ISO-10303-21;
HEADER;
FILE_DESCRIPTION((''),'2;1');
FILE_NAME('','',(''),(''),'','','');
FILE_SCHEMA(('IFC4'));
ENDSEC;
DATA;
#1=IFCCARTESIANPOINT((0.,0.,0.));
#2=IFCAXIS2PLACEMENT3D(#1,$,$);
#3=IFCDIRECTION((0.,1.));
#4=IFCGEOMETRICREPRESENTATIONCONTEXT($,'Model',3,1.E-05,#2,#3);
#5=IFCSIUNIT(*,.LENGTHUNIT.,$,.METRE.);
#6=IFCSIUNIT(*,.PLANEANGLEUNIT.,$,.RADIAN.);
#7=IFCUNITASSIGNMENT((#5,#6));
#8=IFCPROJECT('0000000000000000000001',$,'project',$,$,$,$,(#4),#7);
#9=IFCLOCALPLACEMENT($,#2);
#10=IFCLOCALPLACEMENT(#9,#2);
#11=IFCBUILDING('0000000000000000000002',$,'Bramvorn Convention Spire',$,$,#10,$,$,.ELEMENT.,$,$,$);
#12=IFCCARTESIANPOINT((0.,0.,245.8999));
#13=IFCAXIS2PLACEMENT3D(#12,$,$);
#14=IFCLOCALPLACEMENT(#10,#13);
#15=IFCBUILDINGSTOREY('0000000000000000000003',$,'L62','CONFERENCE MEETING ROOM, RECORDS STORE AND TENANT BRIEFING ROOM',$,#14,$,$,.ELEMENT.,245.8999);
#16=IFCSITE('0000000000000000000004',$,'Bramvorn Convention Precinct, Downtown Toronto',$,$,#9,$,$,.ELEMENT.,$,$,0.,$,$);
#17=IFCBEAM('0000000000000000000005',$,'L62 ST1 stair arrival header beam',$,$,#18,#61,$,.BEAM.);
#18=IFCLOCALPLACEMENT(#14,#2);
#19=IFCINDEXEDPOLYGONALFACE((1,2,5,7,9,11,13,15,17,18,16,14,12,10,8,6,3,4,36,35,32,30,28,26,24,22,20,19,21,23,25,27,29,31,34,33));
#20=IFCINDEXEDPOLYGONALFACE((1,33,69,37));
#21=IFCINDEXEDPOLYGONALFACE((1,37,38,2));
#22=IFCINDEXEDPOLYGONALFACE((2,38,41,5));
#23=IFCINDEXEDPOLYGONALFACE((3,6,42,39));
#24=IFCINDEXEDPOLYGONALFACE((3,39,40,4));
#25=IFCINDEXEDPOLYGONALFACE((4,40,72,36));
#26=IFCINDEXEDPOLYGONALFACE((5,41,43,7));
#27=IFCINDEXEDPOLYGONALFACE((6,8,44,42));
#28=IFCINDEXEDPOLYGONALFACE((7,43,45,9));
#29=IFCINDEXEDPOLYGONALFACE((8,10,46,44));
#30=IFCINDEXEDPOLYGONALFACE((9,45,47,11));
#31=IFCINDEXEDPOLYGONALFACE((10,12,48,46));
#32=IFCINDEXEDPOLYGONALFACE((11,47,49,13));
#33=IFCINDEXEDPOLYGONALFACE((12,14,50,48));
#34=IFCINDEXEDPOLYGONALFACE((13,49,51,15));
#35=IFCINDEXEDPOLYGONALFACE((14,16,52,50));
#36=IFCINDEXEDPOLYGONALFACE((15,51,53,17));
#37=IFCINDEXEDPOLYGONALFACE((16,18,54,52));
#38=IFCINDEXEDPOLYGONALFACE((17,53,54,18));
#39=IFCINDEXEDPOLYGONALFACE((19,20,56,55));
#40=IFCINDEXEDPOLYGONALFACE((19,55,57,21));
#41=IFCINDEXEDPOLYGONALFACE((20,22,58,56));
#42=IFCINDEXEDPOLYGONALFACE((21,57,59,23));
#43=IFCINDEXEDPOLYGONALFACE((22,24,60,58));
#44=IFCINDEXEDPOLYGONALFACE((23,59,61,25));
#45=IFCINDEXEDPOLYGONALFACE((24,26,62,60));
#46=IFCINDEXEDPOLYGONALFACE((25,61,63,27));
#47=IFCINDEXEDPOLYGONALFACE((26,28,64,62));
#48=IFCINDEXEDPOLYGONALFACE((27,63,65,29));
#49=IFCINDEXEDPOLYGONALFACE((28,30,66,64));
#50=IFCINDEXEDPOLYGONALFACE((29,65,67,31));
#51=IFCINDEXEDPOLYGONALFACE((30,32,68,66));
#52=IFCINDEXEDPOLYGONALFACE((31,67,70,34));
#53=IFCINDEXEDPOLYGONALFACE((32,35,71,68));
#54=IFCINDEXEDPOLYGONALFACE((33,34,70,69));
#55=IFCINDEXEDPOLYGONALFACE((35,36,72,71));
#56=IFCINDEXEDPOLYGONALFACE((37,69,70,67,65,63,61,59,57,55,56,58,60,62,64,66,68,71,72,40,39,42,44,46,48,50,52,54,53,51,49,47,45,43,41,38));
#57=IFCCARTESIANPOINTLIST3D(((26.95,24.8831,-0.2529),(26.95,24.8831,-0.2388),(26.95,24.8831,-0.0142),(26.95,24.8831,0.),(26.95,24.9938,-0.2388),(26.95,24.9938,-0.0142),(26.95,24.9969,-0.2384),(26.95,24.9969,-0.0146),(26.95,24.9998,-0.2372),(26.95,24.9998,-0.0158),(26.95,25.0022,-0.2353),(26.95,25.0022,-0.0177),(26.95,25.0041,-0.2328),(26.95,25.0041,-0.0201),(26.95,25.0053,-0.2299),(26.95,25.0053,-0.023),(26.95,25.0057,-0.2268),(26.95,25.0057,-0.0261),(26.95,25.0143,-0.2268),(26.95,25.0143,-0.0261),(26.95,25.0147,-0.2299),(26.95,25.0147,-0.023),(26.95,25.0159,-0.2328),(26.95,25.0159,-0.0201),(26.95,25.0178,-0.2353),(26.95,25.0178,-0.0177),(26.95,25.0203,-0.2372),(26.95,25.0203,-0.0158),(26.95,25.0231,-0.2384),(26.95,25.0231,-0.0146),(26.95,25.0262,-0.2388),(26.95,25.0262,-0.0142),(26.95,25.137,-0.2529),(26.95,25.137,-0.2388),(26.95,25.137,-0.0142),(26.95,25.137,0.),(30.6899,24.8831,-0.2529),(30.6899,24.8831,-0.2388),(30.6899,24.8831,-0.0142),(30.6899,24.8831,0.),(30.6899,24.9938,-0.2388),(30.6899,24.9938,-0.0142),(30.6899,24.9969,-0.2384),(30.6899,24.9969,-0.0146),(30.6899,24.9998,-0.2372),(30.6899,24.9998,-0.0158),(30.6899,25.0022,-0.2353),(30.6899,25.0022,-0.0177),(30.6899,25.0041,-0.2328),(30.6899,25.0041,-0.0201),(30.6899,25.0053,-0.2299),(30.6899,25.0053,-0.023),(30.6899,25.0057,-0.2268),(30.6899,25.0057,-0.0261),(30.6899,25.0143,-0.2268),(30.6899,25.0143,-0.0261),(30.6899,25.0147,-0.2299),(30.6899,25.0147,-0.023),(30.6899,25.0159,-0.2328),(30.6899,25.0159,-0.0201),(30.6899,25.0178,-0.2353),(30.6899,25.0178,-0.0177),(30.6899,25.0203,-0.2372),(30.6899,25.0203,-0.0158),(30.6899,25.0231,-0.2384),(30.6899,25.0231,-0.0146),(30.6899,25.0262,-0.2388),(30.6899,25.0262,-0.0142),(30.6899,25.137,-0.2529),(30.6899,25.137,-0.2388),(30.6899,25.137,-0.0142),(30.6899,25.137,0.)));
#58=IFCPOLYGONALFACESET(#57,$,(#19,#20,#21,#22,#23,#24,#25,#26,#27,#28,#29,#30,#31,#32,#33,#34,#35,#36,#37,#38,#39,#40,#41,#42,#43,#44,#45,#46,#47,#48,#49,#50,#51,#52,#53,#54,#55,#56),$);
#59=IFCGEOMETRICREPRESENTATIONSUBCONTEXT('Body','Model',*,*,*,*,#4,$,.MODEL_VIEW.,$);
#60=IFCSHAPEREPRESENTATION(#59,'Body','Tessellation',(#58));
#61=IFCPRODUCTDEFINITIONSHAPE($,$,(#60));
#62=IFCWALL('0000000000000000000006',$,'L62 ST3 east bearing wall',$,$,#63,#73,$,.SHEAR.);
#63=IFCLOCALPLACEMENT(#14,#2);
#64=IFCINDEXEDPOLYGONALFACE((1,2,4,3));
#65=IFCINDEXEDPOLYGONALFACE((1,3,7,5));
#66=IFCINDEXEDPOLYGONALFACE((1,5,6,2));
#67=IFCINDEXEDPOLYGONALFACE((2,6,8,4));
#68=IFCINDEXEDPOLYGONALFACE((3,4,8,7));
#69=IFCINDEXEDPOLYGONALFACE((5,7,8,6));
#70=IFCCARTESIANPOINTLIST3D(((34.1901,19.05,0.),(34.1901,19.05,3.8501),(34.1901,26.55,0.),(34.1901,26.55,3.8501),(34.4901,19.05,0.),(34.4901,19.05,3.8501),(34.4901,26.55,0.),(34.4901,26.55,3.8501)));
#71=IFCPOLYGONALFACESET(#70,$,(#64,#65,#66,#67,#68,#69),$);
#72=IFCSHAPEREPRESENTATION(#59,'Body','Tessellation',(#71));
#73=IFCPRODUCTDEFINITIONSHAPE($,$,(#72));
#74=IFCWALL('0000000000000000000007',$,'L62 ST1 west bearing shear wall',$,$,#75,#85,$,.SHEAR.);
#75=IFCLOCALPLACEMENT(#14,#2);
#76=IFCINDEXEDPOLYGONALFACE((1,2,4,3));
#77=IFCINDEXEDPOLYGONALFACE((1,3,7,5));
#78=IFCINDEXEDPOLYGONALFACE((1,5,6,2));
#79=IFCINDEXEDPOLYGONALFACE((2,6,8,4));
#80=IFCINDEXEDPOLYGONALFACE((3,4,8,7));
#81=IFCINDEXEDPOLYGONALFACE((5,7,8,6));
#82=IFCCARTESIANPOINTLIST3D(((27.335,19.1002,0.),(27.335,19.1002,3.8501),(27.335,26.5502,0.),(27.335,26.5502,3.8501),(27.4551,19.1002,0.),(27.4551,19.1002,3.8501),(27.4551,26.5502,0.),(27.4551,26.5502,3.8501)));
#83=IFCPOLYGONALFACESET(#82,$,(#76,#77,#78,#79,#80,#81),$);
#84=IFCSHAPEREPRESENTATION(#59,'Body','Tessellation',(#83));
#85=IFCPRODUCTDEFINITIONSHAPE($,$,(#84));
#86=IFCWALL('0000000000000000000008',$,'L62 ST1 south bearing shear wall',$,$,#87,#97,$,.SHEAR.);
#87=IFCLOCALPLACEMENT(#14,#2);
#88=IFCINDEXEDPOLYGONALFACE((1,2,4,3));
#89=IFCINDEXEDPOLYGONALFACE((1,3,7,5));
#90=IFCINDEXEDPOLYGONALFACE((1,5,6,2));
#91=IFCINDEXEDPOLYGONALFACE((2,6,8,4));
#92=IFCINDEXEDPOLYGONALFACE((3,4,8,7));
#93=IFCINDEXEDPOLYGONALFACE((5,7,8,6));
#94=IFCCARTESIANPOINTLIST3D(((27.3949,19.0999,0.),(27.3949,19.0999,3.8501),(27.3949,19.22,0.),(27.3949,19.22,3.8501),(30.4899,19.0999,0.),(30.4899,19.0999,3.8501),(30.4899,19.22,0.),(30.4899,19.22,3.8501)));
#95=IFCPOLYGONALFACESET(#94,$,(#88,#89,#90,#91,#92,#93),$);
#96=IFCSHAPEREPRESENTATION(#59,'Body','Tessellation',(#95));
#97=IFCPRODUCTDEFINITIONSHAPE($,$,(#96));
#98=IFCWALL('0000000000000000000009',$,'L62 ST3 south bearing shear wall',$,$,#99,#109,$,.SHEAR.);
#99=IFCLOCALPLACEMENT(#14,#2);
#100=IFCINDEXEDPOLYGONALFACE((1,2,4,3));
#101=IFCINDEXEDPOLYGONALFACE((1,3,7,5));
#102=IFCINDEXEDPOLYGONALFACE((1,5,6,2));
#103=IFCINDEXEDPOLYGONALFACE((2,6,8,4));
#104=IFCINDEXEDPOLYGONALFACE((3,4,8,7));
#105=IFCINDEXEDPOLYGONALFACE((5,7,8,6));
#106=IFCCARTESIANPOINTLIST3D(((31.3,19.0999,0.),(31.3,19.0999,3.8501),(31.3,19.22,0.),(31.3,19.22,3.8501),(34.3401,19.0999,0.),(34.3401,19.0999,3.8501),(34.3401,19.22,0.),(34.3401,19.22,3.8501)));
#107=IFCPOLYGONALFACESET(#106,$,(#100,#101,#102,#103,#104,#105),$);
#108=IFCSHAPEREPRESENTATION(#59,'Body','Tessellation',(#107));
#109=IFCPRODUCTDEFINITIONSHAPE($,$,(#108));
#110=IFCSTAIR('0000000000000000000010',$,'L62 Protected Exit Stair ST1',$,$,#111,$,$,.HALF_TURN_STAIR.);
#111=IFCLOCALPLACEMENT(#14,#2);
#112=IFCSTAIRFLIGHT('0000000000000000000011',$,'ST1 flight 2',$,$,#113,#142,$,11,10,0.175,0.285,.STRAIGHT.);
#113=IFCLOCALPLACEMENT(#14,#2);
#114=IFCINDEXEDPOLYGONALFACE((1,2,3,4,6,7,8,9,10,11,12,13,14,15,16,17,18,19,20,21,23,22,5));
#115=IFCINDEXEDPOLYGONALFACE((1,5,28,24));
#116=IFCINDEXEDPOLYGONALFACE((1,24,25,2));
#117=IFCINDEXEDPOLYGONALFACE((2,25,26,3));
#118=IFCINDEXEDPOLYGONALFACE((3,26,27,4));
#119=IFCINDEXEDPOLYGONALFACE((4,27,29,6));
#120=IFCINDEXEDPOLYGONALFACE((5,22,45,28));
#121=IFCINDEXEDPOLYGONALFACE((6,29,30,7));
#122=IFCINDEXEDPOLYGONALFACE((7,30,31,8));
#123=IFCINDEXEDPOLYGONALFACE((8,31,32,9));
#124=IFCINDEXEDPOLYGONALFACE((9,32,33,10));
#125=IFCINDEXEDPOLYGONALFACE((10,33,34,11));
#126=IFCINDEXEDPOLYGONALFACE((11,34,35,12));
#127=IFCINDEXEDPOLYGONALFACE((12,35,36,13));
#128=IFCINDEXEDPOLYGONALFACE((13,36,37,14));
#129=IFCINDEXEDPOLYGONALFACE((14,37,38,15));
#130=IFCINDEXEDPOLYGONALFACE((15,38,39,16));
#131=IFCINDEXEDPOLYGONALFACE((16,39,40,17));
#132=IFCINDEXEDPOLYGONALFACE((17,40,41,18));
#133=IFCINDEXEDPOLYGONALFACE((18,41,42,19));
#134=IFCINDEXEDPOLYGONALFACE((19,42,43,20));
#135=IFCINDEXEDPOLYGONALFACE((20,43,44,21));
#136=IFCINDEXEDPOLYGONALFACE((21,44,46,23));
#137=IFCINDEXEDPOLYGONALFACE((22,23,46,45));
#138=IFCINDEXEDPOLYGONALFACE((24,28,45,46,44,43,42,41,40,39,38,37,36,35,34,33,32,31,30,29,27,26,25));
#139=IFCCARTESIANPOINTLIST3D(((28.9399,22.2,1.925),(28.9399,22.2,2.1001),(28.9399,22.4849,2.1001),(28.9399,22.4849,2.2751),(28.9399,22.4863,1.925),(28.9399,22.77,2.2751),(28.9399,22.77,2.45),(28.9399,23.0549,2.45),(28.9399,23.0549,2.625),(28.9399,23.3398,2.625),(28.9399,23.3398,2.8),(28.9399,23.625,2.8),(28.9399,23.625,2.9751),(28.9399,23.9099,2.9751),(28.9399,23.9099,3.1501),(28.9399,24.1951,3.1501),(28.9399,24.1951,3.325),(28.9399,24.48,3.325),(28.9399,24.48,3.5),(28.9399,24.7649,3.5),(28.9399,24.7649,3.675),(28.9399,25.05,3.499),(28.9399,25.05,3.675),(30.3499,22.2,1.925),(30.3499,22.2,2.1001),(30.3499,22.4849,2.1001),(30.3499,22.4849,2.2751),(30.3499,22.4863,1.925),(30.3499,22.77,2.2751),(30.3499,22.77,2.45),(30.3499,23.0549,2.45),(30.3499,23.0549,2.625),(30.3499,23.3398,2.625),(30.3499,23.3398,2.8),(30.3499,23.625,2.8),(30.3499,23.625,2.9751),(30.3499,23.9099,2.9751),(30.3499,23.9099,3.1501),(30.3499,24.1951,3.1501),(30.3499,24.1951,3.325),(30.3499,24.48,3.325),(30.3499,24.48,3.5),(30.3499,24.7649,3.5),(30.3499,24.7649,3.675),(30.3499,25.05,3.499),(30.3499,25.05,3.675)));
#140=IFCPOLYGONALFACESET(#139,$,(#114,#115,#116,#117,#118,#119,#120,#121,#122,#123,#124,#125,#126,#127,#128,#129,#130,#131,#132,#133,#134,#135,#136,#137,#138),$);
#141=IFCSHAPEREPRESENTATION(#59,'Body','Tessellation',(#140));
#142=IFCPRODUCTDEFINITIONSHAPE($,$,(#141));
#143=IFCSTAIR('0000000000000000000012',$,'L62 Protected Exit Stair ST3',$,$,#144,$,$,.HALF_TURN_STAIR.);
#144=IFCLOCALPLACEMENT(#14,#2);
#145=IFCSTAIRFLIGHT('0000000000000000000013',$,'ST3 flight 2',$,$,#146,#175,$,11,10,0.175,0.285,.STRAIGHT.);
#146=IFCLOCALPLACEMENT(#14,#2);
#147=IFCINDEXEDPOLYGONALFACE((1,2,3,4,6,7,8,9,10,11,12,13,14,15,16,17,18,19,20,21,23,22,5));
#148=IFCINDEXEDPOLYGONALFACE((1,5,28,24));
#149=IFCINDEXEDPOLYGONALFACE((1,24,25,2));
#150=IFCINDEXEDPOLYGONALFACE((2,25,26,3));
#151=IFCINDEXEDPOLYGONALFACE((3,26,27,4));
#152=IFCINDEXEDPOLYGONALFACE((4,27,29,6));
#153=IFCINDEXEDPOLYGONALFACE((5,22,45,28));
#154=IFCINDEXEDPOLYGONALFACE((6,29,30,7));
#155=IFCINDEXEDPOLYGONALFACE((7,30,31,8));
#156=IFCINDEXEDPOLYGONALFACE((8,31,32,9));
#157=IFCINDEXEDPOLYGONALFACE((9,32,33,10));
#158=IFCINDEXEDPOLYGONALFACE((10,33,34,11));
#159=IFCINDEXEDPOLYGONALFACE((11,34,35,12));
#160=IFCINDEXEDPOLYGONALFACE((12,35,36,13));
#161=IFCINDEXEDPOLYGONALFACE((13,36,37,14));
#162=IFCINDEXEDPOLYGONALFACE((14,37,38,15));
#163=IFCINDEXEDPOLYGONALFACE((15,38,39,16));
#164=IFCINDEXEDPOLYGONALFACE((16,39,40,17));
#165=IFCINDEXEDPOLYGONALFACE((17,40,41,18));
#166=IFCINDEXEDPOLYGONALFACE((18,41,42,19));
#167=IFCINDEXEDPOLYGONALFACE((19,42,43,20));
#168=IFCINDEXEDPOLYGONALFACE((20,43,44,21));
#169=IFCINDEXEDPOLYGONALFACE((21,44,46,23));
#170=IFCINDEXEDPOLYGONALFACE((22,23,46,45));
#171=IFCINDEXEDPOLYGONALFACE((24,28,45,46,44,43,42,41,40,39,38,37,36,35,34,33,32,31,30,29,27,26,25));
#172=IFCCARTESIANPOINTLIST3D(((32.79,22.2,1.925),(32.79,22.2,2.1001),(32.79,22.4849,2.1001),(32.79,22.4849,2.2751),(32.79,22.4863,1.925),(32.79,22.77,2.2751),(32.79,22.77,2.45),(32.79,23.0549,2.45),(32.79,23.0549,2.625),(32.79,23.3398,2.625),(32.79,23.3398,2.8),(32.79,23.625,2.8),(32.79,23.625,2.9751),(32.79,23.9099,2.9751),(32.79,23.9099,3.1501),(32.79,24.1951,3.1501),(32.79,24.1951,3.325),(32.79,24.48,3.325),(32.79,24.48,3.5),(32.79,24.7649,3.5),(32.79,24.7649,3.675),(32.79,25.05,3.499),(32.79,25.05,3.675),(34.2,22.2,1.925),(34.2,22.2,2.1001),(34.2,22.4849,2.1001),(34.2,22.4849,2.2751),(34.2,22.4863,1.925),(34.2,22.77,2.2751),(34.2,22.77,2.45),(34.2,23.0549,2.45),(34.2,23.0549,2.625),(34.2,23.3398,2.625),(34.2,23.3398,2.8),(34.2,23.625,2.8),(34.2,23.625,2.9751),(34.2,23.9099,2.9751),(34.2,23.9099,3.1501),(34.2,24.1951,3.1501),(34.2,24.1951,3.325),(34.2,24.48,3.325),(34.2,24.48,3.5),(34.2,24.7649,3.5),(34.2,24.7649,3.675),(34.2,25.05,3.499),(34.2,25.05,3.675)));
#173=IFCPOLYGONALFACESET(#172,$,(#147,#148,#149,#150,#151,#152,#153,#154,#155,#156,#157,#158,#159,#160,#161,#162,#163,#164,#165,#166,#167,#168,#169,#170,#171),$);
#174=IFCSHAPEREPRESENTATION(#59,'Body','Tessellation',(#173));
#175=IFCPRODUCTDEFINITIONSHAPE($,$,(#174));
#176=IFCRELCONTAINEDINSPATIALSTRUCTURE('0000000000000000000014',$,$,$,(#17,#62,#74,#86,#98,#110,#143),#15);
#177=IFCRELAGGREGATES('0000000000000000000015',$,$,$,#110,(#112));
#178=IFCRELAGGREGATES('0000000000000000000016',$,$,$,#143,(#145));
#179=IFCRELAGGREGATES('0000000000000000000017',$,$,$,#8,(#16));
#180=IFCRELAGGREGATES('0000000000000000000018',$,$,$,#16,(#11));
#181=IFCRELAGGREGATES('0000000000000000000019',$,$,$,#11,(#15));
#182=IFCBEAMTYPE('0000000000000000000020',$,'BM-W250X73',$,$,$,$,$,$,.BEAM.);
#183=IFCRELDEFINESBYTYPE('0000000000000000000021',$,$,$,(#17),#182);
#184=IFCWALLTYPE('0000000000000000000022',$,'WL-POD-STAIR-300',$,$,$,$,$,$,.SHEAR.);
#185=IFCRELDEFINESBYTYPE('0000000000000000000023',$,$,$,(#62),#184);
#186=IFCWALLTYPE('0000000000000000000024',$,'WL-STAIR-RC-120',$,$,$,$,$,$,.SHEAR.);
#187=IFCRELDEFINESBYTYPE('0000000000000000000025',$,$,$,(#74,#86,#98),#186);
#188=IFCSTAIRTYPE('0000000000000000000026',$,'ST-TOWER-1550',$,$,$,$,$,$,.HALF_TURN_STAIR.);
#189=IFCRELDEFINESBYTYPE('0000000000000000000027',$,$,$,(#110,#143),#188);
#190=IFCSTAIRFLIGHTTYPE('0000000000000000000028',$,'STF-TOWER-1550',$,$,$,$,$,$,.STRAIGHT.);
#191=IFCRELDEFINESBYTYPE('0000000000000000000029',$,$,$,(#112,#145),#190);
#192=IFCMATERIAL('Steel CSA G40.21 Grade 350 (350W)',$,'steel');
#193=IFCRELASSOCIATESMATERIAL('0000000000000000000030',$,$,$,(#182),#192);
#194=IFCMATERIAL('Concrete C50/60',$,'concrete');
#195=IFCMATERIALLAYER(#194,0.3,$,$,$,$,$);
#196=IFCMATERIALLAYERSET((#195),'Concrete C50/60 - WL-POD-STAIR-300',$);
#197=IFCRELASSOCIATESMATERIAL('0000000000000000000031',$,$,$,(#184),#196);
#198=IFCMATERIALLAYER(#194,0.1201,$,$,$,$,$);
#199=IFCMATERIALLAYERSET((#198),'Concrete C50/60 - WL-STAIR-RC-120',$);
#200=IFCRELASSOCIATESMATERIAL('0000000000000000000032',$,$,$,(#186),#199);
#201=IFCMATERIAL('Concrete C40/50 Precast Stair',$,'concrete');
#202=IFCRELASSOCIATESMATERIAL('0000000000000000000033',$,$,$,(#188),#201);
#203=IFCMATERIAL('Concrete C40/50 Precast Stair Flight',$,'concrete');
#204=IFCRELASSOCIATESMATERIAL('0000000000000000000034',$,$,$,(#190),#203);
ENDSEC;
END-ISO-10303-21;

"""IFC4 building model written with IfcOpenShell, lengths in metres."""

from ifc_helpers import new_model, si_unit, direction, frame, frame_2d, origin, origin_2d, place, context, subcontext, project, spatial, polyline, rectangle, i_section, outline, extrude, material, layer, layer_set, material_profile, profile_set, type_object, element, aggregate, save


model = new_model("IFC4")

# Units and contexts
model_context = context("Model", 3, precision=1e-05, world=origin(), true_north=direction((0.0, 1.0)))
body_context = subcontext(model_context, "Body", "Model", "MODEL_VIEW")
ifc_project = project(units=[si_unit("LENGTHUNIT", "METRE"), si_unit("PLANEANGLEUNIT", "RADIAN")], contexts=[model_context])

# Site, building, storey
site_placement = place(None, origin())
site = spatial("IfcSite", under=ifc_project, at=site_placement, Name="Bramvorn Convention Precinct, Downtown Toronto", CompositionType="ELEMENT", RefElevation=0.0)
building_placement = place(site_placement, origin())
building = spatial("IfcBuilding", under=site, at=building_placement, Name="Bramvorn Convention Spire", CompositionType="ELEMENT")
storey_placement = place(building_placement, frame((0.0, 0.0, 245.8999)))
storey = spatial("IfcBuildingStorey", under=building, at=storey_placement, Name="L62", Description="CONFERENCE MEETING ROOM, RECORDS STORE AND TENANT BRIEFING ROOM", CompositionType="ELEMENT", Elevation=245.8999)

# Beam
ifc_material_1 = material(Name="Steel CSA G40.21 Grade 350 (350W)", Category="steel")
ifc_material_profile = material_profile(ifc_material_1, i_section(OverallWidth=0.2539, OverallDepth=0.2529, WebThickness=0.0085, FlangeThickness=0.0142, FilletRadius=0.012, at=origin_2d()))
ifc_profile_set = profile_set([ifc_material_profile], Name="Steel CSA G40.21 Grade 350 (350W) - W250X73")
beam_type = type_object("IfcBeamType", Name="BM-W250X73", PredefinedType="BEAM", material=ifc_profile_set)
beam_placement = place(storey_placement, frame((26.95, 25.01, -0.1265), z_axis=(1.0, 0.0, 0.0), x_axis=(0.0, 1.0, 0.0)))
element("IfcBeam", 1, at=beam_placement, inside=storey, type_object=beam_type, Name="L62 ST1 stair arrival header beam", PredefinedType="BEAM", context=body_context, shape_type="SweptSolid", body=[
    extrude(i_section(OverallWidth=0.2539, OverallDepth=0.2529, WebThickness=0.0085, FlangeThickness=0.0142, FilletRadius=0.012, at=origin_2d()), origin(), (0.0, 0.0, 1.0), 3.74),
])

# Walls
ifc_material_2 = material(Name="Concrete C50/60", Category="concrete")
ifc_layer_1 = layer(ifc_material_2, 0.3)
ifc_layer_set_1 = layer_set([ifc_layer_1], Name="Concrete C50/60 - WL-POD-STAIR-300")
wall_type_1 = type_object("IfcWallType", Name="WL-POD-STAIR-300", PredefinedType="SHEAR", material=ifc_layer_set_1)
wall_1_placement = place(storey_placement, frame((34.3401, 19.05, 0.0), z_axis=(0.0, 0.0, 1.0), x_axis=(0.0, 1.0, 0.0)))
element("IfcWall", 2, at=wall_1_placement, inside=storey, type_object=wall_type_1, Name="L62 ST3 east bearing wall", PredefinedType="SHEAR", context=body_context, shape_type="SweptSolid", body=[
    extrude(rectangle(XDim=7.5, YDim=0.3, at=frame_2d((3.75, 0.0))), origin(), (0.0, 0.0, 1.0), 3.8501),
])
ifc_layer_2 = layer(ifc_material_2, 0.1201)
ifc_layer_set_2 = layer_set([ifc_layer_2], Name="Concrete C50/60 - WL-STAIR-RC-120")
wall_type_2 = type_object("IfcWallType", Name="WL-STAIR-RC-120", PredefinedType="SHEAR", material=ifc_layer_set_2)
wall_2_placement = place(storey_placement, frame((27.395, 19.1001, 0.0), z_axis=(0.0, 0.0, 1.0), x_axis=(0.0, 1.0, 0.0)))
element("IfcWall", 3, at=wall_2_placement, inside=storey, type_object=wall_type_2, Name="L62 ST1 west bearing shear wall", PredefinedType="SHEAR", context=body_context, shape_type="SweptSolid", body=[
    extrude(rectangle(XDim=7.45, YDim=0.1201, at=frame_2d((3.7251, 0.0))), origin(), (0.0, 0.0, 1.0), 3.8501),
])
wall_3_placement = place(storey_placement, frame((27.395, 19.1599, 0.0), z_axis=(0.0, 0.0, 1.0), x_axis=(1.0, 0.0, 0.0)))
element("IfcWall", 4, at=wall_3_placement, inside=storey, type_object=wall_type_2, Name="L62 ST1 south bearing shear wall", PredefinedType="SHEAR", context=body_context, shape_type="SweptSolid", body=[
    extrude(rectangle(XDim=3.095, YDim=0.1201, at=frame_2d((1.5474, 0.0))), origin(), (0.0, 0.0, 1.0), 3.8501),
])
wall_4_placement = place(storey_placement, frame((31.3, 19.1599, 0.0), z_axis=(0.0, 0.0, 1.0), x_axis=(1.0, 0.0, 0.0)))
element("IfcWall", 5, at=wall_4_placement, inside=storey, type_object=wall_type_2, Name="L62 ST3 south bearing shear wall", PredefinedType="SHEAR", context=body_context, shape_type="SweptSolid", body=[
    extrude(rectangle(XDim=3.04, YDim=0.1201, at=frame_2d((1.52, 0.0))), origin(), (0.0, 0.0, 1.0), 3.8501),
])

# Stairs, stair flights
ifc_material_3 = material(Name="Concrete C40/50 Precast Stair", Category="concrete")
stair_type = type_object("IfcStairType", Name="ST-TOWER-1550", PredefinedType="HALF_TURN_STAIR", material=ifc_material_3)
stair_1_placement = place(storey_placement, origin())
stair_1 = element("IfcStair", 6, at=stair_1_placement, inside=storey, type_object=stair_type, Name="L62 Protected Exit Stair ST1", PredefinedType="HALF_TURN_STAIR")
ifc_material_4 = material(Name="Concrete C40/50 Precast Stair Flight", Category="concrete")
stair_flight_type = type_object("IfcStairFlightType", Name="STF-TOWER-1550", PredefinedType="STRAIGHT", material=ifc_material_4)
stair_flight_1_placement = place(storey_placement, frame((29.645, 22.2, 1.925), z_axis=(0.0, 0.0, 1.0), x_axis=(0.0, 1.0, 0.0)))
stair_flight_1 = element("IfcStairFlight", 7, at=stair_flight_1_placement, type_object=stair_flight_type, Name="ST1 flight 2", NumberOfRisers=11, NumberOfTreads=10, PredefinedType="STRAIGHT", RiserHeight=0.175, TreadLength=0.285, context=body_context, shape_type="SweptSolid", body=[
    extrude(outline(polyline([(0.0, 0.0), (0.0, 0.175), (0.2849, 0.175), (0.2849, 0.3501), (0.5701, 0.3501), (0.5701, 0.5249), (0.855, 0.5249), (0.855, 0.7), (1.1399, 0.7), (1.1399, 0.875), (1.425, 0.875), (1.425, 1.05), (1.71, 1.05), (1.71, 1.2251), (1.9951, 1.2251), (1.9951, 1.3999), (2.28, 1.3999), (2.28, 1.575), (2.5649, 1.575), (2.5649, 1.75), (2.8501, 1.75), (2.8501, 1.925), (2.8501, 1.574), (0.2864, 0.0), (0.0, 0.0)])), frame((0.0, 0.7051, 0.0), z_axis=(0.0, -1.0, 0.0), x_axis=(1.0, 0.0, 0.0)), (0.0, 0.0, 1.0), 1.4099),
])
aggregate(stair_1, [stair_flight_1])
stair_2_placement = place(storey_placement, origin())
stair_2 = element("IfcStair", 8, at=stair_2_placement, inside=storey, type_object=stair_type, Name="L62 Protected Exit Stair ST3", PredefinedType="HALF_TURN_STAIR")
stair_flight_2_placement = place(storey_placement, frame((33.4951, 22.2, 1.925), z_axis=(0.0, 0.0, 1.0), x_axis=(0.0, 1.0, 0.0)))
stair_flight_2 = element("IfcStairFlight", 9, at=stair_flight_2_placement, type_object=stair_flight_type, Name="ST3 flight 2", NumberOfRisers=11, NumberOfTreads=10, PredefinedType="STRAIGHT", RiserHeight=0.175, TreadLength=0.285, context=body_context, shape_type="SweptSolid", body=[
    extrude(outline(polyline([(0.0, 0.0), (0.0, 0.175), (0.2849, 0.175), (0.2849, 0.3501), (0.5701, 0.3501), (0.5701, 0.5249), (0.855, 0.5249), (0.855, 0.7), (1.1399, 0.7), (1.1399, 0.875), (1.425, 0.875), (1.425, 1.05), (1.71, 1.05), (1.71, 1.2251), (1.9951, 1.2251), (1.9951, 1.3999), (2.28, 1.3999), (2.28, 1.575), (2.5649, 1.575), (2.5649, 1.75), (2.8501, 1.75), (2.8501, 1.925), (2.8501, 1.574), (0.2864, 0.0), (0.0, 0.0)])), frame((0.0, 0.7051, 0.0), z_axis=(0.0, -1.0, 0.0), x_axis=(1.0, 0.0, 0.0)), (0.0, 0.0, 1.0), 1.4099),
])
aggregate(stair_2, [stair_flight_2])

save(model, "model.ifc")
